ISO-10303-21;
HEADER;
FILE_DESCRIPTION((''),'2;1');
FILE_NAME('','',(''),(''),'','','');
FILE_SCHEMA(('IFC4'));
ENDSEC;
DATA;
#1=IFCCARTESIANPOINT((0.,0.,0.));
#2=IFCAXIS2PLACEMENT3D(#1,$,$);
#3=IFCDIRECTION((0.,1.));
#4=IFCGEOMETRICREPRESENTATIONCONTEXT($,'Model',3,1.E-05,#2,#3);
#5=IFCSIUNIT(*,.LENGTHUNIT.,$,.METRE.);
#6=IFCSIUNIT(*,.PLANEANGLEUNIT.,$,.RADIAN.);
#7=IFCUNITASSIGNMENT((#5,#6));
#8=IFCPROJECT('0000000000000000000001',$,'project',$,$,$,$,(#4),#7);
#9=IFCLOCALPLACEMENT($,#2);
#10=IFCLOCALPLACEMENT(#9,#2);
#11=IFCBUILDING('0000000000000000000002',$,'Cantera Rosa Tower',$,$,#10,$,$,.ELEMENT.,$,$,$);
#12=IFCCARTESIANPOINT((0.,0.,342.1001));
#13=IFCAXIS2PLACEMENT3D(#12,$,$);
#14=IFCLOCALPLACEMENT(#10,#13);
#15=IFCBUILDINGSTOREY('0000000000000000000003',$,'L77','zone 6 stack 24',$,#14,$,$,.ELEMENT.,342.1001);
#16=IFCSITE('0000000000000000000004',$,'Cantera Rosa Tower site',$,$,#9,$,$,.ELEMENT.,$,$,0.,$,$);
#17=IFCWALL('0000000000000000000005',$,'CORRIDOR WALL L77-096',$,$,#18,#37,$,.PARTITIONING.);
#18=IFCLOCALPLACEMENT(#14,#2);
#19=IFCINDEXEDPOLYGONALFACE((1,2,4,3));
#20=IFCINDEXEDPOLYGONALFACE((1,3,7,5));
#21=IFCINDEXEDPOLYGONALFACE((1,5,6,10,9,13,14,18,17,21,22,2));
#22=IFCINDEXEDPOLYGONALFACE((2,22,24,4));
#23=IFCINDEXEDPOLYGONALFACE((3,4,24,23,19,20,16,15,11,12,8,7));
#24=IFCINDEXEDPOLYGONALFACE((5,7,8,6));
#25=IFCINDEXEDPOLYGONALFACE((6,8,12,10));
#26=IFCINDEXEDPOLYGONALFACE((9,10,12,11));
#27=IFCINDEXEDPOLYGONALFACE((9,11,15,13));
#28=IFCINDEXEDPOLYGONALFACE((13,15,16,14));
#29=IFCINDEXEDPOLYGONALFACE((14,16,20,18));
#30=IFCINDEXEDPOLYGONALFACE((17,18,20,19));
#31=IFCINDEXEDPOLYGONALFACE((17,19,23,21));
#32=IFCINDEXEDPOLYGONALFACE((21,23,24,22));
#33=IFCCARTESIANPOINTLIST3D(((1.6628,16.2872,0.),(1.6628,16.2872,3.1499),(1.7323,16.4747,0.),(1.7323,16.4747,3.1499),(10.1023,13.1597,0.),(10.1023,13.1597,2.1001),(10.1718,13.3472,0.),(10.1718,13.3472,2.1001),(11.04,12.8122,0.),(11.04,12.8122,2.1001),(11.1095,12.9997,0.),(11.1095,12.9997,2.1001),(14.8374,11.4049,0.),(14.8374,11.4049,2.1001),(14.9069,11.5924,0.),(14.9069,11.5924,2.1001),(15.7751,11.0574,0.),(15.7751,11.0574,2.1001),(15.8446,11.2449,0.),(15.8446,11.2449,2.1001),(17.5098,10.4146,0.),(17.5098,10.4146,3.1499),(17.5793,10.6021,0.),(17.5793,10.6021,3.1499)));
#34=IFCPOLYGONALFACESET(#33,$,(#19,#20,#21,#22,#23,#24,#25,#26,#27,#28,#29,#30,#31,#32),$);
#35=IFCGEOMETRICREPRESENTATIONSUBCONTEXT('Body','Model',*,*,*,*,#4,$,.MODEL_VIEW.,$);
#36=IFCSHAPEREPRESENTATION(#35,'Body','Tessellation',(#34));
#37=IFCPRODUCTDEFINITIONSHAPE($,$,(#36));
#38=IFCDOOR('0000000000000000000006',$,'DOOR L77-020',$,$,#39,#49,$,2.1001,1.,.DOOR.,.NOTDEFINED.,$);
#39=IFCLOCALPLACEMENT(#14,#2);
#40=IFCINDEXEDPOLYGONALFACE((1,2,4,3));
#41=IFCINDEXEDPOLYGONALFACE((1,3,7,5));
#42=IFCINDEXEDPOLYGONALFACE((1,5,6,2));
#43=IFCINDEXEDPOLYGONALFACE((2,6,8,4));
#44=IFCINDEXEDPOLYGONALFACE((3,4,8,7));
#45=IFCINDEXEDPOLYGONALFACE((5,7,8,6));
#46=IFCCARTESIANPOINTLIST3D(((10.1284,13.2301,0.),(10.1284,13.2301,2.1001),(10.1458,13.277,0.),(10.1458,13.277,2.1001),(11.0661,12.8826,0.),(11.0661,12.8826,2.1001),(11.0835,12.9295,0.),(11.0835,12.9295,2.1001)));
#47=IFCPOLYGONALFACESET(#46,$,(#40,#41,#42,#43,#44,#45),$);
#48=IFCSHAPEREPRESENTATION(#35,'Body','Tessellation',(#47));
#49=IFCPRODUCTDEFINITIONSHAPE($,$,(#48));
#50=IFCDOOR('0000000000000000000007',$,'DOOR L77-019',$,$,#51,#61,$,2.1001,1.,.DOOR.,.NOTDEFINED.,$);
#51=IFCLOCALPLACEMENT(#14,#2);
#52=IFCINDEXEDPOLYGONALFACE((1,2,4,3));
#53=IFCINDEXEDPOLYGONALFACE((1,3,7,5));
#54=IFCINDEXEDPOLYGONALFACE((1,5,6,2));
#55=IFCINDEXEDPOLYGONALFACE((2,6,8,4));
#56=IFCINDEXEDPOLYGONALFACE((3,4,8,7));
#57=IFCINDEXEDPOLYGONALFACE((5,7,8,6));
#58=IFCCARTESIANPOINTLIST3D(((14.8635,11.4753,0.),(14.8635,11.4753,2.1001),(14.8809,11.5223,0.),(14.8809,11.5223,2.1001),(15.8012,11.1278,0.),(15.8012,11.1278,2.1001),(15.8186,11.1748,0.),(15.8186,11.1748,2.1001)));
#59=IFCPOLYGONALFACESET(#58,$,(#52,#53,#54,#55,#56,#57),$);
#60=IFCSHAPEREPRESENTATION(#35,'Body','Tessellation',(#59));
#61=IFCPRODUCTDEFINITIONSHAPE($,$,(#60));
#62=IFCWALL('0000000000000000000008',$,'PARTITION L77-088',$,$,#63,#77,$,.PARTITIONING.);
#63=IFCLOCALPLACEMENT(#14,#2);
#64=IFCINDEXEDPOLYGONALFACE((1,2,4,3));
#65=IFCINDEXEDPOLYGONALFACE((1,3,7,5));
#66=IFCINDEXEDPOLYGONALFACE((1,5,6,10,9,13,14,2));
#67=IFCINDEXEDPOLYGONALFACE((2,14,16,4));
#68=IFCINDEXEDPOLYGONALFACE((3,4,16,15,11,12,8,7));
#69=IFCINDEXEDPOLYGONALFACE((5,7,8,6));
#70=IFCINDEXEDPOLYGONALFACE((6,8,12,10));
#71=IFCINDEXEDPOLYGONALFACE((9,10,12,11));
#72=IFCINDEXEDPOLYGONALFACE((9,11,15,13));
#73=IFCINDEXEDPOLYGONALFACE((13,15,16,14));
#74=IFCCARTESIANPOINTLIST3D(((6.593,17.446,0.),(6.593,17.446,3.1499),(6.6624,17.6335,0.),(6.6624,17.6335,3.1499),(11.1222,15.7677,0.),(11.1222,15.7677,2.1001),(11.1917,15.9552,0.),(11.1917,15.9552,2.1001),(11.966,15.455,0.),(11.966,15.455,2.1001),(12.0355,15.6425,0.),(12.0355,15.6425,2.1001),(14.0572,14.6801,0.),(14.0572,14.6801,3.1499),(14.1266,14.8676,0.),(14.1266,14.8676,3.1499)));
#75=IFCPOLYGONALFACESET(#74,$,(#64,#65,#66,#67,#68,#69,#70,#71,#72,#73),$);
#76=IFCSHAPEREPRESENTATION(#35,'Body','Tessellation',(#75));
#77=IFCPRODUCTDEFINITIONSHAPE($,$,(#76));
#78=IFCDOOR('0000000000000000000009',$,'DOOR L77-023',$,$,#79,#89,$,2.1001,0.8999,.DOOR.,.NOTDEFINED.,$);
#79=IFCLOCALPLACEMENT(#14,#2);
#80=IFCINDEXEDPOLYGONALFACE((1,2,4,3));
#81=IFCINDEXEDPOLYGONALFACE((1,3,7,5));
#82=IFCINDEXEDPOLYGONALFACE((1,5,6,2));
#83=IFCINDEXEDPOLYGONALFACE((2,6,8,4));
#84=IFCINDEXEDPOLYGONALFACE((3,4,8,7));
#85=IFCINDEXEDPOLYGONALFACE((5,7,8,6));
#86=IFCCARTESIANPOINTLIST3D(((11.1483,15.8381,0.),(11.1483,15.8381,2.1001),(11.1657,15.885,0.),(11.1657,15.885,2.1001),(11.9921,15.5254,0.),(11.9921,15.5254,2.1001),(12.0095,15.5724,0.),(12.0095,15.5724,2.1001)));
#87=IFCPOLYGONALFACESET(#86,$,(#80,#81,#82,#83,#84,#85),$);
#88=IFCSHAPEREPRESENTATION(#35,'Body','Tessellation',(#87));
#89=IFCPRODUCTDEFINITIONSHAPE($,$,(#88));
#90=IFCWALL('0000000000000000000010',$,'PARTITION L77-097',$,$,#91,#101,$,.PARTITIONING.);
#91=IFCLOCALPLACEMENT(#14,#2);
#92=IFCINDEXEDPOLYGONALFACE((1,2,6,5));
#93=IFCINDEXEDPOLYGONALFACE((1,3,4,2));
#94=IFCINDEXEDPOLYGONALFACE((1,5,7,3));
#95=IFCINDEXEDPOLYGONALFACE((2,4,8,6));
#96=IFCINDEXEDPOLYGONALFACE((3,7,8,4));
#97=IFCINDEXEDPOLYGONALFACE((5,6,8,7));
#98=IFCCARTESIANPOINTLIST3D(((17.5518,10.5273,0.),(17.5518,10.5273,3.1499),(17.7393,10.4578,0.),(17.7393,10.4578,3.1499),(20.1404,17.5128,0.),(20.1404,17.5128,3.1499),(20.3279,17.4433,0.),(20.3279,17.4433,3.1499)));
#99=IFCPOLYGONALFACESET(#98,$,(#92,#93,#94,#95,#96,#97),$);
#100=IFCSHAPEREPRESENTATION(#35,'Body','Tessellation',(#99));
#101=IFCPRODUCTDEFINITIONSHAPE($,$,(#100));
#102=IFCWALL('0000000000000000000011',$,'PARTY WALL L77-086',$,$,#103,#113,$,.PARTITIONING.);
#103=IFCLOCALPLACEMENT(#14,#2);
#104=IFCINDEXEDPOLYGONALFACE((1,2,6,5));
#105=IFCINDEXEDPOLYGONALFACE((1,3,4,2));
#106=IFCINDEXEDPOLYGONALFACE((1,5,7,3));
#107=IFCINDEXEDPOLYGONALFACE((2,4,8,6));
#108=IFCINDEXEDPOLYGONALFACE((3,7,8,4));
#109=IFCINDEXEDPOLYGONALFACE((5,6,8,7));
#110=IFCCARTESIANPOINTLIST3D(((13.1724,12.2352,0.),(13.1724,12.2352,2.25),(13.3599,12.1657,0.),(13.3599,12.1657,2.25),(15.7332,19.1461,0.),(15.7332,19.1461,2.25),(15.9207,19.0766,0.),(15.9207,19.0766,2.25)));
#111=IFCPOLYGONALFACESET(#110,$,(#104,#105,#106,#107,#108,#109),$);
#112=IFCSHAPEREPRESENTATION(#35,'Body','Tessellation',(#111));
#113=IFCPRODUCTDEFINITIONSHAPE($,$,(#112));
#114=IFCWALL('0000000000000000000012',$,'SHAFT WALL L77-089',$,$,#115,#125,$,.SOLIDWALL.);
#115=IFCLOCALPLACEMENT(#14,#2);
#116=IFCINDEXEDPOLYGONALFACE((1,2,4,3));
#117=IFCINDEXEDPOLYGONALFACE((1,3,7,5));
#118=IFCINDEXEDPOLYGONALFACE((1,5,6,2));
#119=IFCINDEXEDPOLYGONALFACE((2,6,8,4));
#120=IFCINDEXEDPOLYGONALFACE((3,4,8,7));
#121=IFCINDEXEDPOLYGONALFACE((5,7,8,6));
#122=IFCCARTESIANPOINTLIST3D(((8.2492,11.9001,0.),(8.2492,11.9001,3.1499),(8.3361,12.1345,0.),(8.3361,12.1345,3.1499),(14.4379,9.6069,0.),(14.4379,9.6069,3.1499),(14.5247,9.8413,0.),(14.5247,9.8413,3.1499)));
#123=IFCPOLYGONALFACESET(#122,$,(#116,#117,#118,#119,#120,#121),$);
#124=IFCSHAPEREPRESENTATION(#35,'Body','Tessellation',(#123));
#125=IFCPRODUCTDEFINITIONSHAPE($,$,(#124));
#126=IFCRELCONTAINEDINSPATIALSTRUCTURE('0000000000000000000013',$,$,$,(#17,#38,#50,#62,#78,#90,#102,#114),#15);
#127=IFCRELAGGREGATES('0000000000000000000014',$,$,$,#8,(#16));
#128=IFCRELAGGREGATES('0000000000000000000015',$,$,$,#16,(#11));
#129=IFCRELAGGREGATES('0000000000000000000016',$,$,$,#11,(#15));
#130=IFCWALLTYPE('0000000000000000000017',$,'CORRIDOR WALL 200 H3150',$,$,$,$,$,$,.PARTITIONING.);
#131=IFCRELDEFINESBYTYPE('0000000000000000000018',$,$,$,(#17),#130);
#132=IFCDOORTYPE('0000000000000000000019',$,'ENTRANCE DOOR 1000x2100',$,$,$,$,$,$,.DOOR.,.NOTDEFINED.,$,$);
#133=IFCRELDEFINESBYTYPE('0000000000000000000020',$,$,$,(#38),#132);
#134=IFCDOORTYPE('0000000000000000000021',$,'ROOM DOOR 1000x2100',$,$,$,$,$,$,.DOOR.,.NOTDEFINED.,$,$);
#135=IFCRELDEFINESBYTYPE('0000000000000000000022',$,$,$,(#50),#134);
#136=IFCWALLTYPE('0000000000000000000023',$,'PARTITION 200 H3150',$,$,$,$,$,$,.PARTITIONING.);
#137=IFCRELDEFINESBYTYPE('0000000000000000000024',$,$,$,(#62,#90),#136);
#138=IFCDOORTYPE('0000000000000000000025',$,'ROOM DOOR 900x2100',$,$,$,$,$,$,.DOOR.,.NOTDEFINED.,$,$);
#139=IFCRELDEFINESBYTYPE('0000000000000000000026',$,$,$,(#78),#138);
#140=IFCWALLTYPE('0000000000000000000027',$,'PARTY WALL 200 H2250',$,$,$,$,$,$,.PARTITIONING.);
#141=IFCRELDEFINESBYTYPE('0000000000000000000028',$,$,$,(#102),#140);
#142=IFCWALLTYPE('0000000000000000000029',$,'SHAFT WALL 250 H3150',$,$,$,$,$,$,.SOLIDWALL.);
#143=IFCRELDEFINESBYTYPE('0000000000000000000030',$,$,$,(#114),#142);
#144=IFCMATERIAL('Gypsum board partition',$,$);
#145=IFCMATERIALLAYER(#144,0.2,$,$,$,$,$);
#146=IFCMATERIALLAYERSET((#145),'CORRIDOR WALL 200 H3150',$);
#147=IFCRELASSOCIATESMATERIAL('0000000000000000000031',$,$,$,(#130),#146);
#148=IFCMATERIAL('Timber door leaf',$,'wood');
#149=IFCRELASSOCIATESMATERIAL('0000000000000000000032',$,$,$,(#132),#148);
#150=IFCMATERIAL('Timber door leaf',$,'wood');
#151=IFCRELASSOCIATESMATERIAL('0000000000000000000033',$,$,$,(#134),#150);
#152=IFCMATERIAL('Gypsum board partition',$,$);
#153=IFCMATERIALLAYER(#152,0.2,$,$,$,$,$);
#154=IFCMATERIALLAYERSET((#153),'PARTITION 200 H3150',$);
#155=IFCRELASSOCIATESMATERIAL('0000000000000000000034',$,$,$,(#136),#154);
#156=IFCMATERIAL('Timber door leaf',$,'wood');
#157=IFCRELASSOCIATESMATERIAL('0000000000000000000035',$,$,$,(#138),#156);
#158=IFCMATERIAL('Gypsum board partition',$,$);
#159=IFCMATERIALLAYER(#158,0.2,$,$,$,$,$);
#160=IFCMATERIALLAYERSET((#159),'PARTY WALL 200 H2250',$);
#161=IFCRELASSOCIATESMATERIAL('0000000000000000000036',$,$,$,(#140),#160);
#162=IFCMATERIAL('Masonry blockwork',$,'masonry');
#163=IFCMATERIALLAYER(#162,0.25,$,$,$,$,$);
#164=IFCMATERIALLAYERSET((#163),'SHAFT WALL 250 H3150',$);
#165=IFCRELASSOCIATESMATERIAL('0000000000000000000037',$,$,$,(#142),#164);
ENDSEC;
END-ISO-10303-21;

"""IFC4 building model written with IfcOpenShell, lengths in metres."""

from ifc_helpers import new_model, si_unit, direction, frame, frame_2d, origin, place, context, subcontext, project, spatial, rectangle, extrude, material, layer, layer_set, type_object, element, fill, save


model = new_model("IFC4")

# Units and contexts
model_context = context("Model", 3, precision=1e-05, world=origin(), true_north=direction((0.0, 1.0)))
body_context = subcontext(model_context, "Body", "Model", "MODEL_VIEW")
ifc_project = project(units=[si_unit("LENGTHUNIT", "METRE"), si_unit("PLANEANGLEUNIT", "RADIAN")], contexts=[model_context])

# Site, building, storey
site_placement = place(None, origin())
site = spatial("IfcSite", under=ifc_project, at=site_placement, Name="Cantera Rosa Tower site", CompositionType="ELEMENT", RefElevation=0.0)
building_placement = place(site_placement, origin())
building = spatial("IfcBuilding", under=site, at=building_placement, Name="Cantera Rosa Tower", CompositionType="ELEMENT")
storey_placement = place(building_placement, frame((0.0, 0.0, 342.1001)))
storey = spatial("IfcBuildingStorey", under=building, at=storey_placement, Name="L77", Description="zone 6 stack 24", CompositionType="ELEMENT", Elevation=342.1001)

# Wall, openings, doors
ifc_material_1 = material(Name="Gypsum board partition")
ifc_layer_1 = layer(ifc_material_1, 0.2)
ifc_layer_set_1 = layer_set([ifc_layer_1], Name="CORRIDOR WALL 200 H3150")
wall_type_1 = type_object("IfcWallType", Name="CORRIDOR WALL 200 H3150", PredefinedType="PARTITIONING", material=ifc_layer_set_1)
wall_1_placement = place(storey_placement, frame((17.5447, 10.5083, 0.0), z_axis=(0.0, 0.0, 1.0), x_axis=(-0.937685, 0.347487, 0.0)))
wall_1 = element("IfcWall", 1, at=wall_1_placement, inside=storey, type_object=wall_type_1, Name="CORRIDOR WALL L77-096", PredefinedType="PARTITIONING", context=body_context, shape_type="SweptSolid", body=[
    extrude(rectangle(XDim=16.9001, YDim=0.2, at=frame_2d((8.4502, 0.0))), origin(), (0.0, 0.0, 1.0), 3.1499),
])
opening_1_placement = place(wall_1_placement, frame((1.8501, 0.0, 0.0)))
opening_1 = element("IfcOpeningElement", 2, at=opening_1_placement, cuts=wall_1, PredefinedType="OPENING", context=body_context, shape_type="SweptSolid", body=[
    extrude(rectangle(XDim=1.0, YDim=2.1001, at=frame_2d((0.5, 1.05))), frame((0.0, 0.1099, 0.0), z_axis=(0.0, -1.0, 0.0), x_axis=(1.0, 0.0, 0.0)), (0.0, 0.0, 1.0), 0.22),
])
opening_2_placement = place(wall_1_placement, frame((6.8999, 0.0, 0.0)))
opening_2 = element("IfcOpeningElement", 3, at=opening_2_placement, cuts=wall_1, PredefinedType="OPENING", context=body_context, shape_type="SweptSolid", body=[
    extrude(rectangle(XDim=1.0, YDim=2.1001, at=frame_2d((0.5, 1.05))), frame((0.0, 0.1099, 0.0), z_axis=(0.0, -1.0, 0.0), x_axis=(1.0, 0.0, 0.0)), (0.0, 0.0, 1.0), 0.22),
])
ifc_material_2 = material(Name="Timber door leaf", Category="wood")
door_type_1 = type_object("IfcDoorType", Name="ENTRANCE DOOR 1000x2100", OperationType="NOTDEFINED", PredefinedType="DOOR", material=ifc_material_2)
door_1_placement = place(opening_2_placement, origin())
door_1 = element("IfcDoor", 4, at=door_1_placement, inside=storey, type_object=door_type_1, Name="DOOR L77-020", OperationType="NOTDEFINED", OverallHeight=2.1001, OverallWidth=1.0, PredefinedType="DOOR", context=body_context, shape_type="SweptSolid", body=[
    extrude(rectangle(XDim=1.0, YDim=2.1001, at=frame_2d((0.5, 1.05))), frame((0.0, 0.0249, 0.0), z_axis=(0.0, -1.0, 0.0), x_axis=(1.0, 0.0, 0.0)), (0.0, 0.0, 1.0), 0.05),
])
fill(opening_2, door_1)
ifc_material_3 = material(Name="Timber door leaf", Category="wood")
door_type_2 = type_object("IfcDoorType", Name="ROOM DOOR 1000x2100", OperationType="NOTDEFINED", PredefinedType="DOOR", material=ifc_material_3)
door_2_placement = place(opening_1_placement, origin())
door_2 = element("IfcDoor", 5, at=door_2_placement, inside=storey, type_object=door_type_2, Name="DOOR L77-019", OperationType="NOTDEFINED", OverallHeight=2.1001, OverallWidth=1.0, PredefinedType="DOOR", context=body_context, shape_type="SweptSolid", body=[
    extrude(rectangle(XDim=1.0, YDim=2.1001, at=frame_2d((0.5, 1.05))), frame((0.0, 0.0249, 0.0), z_axis=(0.0, -1.0, 0.0), x_axis=(1.0, 0.0, 0.0)), (0.0, 0.0, 1.0), 0.05),
])
fill(opening_1, door_2)

# Wall, opening, door
ifc_material_4 = material(Name="Gypsum board partition")
ifc_layer_2 = layer(ifc_material_4, 0.2)
ifc_layer_set_2 = layer_set([ifc_layer_2], Name="PARTITION 200 H3150")
wall_type_2 = type_object("IfcWallType", Name="PARTITION 200 H3150", PredefinedType="PARTITIONING", material=ifc_layer_set_2)
wall_2_placement = place(storey_placement, frame((14.0918, 14.7739, 0.0), z_axis=(0.0, 0.0, 1.0), x_axis=(-0.937692, 0.347467, 0.0)))
wall_2 = element("IfcWall", 6, at=wall_2_placement, inside=storey, type_object=wall_type_2, Name="PARTITION L77-088", PredefinedType="PARTITIONING", context=body_context, shape_type="SweptSolid", body=[
    extrude(rectangle(XDim=7.9602, YDim=0.2, at=frame_2d((3.98, 0.0))), origin(), (0.0, 0.0, 1.0), 3.1499),
])
opening_3_placement = place(wall_2_placement, frame((2.23, 0.0, 0.0)))
opening_3 = element("IfcOpeningElement", 7, at=opening_3_placement, cuts=wall_2, PredefinedType="OPENING", context=body_context, shape_type="SweptSolid", body=[
    extrude(rectangle(XDim=0.8999, YDim=2.1001, at=frame_2d((0.45, 1.05))), frame((0.0, 0.1099, 0.0), z_axis=(0.0, -1.0, 0.0), x_axis=(1.0, 0.0, 0.0)), (0.0, 0.0, 1.0), 0.22),
])
ifc_material_5 = material(Name="Timber door leaf", Category="wood")
door_type_3 = type_object("IfcDoorType", Name="ROOM DOOR 900x2100", OperationType="NOTDEFINED", PredefinedType="DOOR", material=ifc_material_5)
door_3_placement = place(opening_3_placement, origin())
door_3 = element("IfcDoor", 8, at=door_3_placement, inside=storey, type_object=door_type_3, Name="DOOR L77-023", OperationType="NOTDEFINED", OverallHeight=2.1001, OverallWidth=0.8999, PredefinedType="DOOR", context=body_context, shape_type="SweptSolid", body=[
    extrude(rectangle(XDim=0.8999, YDim=2.1001, at=frame_2d((0.45, 1.05))), frame((0.0, 0.0249, 0.0), z_axis=(0.0, -1.0, 0.0), x_axis=(1.0, 0.0, 0.0)), (0.0, 0.0, 1.0), 0.05),
])
fill(opening_3, door_3)

# Walls
wall_3_placement = place(storey_placement, frame((20.2341, 17.478, 0.0), z_axis=(0.0, 0.0, 1.0), x_axis=(-0.347476, -0.937689, 0.0)))
element("IfcWall", 9, at=wall_3_placement, inside=storey, type_object=wall_type_2, Name="PARTITION L77-097", PredefinedType="PARTITIONING", context=body_context, shape_type="SweptSolid", body=[
    extrude(rectangle(XDim=7.4497, YDim=0.2, at=frame_2d((3.7249, 0.0))), origin(), (0.0, 0.0, 1.0), 3.1499),
])
ifc_material_6 = material(Name="Gypsum board partition")
ifc_layer_3 = layer(ifc_material_6, 0.2)
ifc_layer_set_3 = layer_set([ifc_layer_3], Name="PARTY WALL 200 H2250")
wall_type_3 = type_object("IfcWallType", Name="PARTY WALL 200 H2250", PredefinedType="PARTITIONING", material=ifc_layer_set_3)
wall_4_placement = place(storey_placement, frame((13.2661, 12.2004, 0.0), z_axis=(0.0, 0.0, 1.0), x_axis=(0.347458, 0.937696, 0.0)))
element("IfcWall", 10, at=wall_4_placement, inside=storey, type_object=wall_type_3, Name="PARTY WALL L77-086", PredefinedType="PARTITIONING", context=body_context, shape_type="SweptSolid", body=[
    extrude(rectangle(XDim=7.3701, YDim=0.2, at=frame_2d((3.6851, 0.0))), origin(), (0.0, 0.0, 1.0), 2.25),
])
ifc_material_7 = material(Name="Masonry blockwork", Category="masonry")
ifc_layer_4 = layer(ifc_material_7, 0.25)
ifc_layer_set_4 = layer_set([ifc_layer_4], Name="SHAFT WALL 250 H3150")
wall_type_4 = type_object("IfcWallType", Name="SHAFT WALL 250 H3150", PredefinedType="SOLIDWALL", material=ifc_layer_set_4)
wall_5_placement = place(storey_placement, frame((14.4812, 9.7241, 0.0), z_axis=(0.0, 0.0, 1.0), x_axis=(-0.937695, 0.34746, 0.0)))
element("IfcWall", 11, at=wall_5_placement, inside=storey, type_object=wall_type_4, Name="SHAFT WALL L77-089", PredefinedType="SOLIDWALL", context=body_context, shape_type="SweptSolid", body=[
    extrude(rectangle(XDim=6.5999, YDim=0.25, at=frame_2d((3.2998, 0.0))), origin(), (0.0, 0.0, 1.0), 3.1499),
])

save(model, "model.ifc")
